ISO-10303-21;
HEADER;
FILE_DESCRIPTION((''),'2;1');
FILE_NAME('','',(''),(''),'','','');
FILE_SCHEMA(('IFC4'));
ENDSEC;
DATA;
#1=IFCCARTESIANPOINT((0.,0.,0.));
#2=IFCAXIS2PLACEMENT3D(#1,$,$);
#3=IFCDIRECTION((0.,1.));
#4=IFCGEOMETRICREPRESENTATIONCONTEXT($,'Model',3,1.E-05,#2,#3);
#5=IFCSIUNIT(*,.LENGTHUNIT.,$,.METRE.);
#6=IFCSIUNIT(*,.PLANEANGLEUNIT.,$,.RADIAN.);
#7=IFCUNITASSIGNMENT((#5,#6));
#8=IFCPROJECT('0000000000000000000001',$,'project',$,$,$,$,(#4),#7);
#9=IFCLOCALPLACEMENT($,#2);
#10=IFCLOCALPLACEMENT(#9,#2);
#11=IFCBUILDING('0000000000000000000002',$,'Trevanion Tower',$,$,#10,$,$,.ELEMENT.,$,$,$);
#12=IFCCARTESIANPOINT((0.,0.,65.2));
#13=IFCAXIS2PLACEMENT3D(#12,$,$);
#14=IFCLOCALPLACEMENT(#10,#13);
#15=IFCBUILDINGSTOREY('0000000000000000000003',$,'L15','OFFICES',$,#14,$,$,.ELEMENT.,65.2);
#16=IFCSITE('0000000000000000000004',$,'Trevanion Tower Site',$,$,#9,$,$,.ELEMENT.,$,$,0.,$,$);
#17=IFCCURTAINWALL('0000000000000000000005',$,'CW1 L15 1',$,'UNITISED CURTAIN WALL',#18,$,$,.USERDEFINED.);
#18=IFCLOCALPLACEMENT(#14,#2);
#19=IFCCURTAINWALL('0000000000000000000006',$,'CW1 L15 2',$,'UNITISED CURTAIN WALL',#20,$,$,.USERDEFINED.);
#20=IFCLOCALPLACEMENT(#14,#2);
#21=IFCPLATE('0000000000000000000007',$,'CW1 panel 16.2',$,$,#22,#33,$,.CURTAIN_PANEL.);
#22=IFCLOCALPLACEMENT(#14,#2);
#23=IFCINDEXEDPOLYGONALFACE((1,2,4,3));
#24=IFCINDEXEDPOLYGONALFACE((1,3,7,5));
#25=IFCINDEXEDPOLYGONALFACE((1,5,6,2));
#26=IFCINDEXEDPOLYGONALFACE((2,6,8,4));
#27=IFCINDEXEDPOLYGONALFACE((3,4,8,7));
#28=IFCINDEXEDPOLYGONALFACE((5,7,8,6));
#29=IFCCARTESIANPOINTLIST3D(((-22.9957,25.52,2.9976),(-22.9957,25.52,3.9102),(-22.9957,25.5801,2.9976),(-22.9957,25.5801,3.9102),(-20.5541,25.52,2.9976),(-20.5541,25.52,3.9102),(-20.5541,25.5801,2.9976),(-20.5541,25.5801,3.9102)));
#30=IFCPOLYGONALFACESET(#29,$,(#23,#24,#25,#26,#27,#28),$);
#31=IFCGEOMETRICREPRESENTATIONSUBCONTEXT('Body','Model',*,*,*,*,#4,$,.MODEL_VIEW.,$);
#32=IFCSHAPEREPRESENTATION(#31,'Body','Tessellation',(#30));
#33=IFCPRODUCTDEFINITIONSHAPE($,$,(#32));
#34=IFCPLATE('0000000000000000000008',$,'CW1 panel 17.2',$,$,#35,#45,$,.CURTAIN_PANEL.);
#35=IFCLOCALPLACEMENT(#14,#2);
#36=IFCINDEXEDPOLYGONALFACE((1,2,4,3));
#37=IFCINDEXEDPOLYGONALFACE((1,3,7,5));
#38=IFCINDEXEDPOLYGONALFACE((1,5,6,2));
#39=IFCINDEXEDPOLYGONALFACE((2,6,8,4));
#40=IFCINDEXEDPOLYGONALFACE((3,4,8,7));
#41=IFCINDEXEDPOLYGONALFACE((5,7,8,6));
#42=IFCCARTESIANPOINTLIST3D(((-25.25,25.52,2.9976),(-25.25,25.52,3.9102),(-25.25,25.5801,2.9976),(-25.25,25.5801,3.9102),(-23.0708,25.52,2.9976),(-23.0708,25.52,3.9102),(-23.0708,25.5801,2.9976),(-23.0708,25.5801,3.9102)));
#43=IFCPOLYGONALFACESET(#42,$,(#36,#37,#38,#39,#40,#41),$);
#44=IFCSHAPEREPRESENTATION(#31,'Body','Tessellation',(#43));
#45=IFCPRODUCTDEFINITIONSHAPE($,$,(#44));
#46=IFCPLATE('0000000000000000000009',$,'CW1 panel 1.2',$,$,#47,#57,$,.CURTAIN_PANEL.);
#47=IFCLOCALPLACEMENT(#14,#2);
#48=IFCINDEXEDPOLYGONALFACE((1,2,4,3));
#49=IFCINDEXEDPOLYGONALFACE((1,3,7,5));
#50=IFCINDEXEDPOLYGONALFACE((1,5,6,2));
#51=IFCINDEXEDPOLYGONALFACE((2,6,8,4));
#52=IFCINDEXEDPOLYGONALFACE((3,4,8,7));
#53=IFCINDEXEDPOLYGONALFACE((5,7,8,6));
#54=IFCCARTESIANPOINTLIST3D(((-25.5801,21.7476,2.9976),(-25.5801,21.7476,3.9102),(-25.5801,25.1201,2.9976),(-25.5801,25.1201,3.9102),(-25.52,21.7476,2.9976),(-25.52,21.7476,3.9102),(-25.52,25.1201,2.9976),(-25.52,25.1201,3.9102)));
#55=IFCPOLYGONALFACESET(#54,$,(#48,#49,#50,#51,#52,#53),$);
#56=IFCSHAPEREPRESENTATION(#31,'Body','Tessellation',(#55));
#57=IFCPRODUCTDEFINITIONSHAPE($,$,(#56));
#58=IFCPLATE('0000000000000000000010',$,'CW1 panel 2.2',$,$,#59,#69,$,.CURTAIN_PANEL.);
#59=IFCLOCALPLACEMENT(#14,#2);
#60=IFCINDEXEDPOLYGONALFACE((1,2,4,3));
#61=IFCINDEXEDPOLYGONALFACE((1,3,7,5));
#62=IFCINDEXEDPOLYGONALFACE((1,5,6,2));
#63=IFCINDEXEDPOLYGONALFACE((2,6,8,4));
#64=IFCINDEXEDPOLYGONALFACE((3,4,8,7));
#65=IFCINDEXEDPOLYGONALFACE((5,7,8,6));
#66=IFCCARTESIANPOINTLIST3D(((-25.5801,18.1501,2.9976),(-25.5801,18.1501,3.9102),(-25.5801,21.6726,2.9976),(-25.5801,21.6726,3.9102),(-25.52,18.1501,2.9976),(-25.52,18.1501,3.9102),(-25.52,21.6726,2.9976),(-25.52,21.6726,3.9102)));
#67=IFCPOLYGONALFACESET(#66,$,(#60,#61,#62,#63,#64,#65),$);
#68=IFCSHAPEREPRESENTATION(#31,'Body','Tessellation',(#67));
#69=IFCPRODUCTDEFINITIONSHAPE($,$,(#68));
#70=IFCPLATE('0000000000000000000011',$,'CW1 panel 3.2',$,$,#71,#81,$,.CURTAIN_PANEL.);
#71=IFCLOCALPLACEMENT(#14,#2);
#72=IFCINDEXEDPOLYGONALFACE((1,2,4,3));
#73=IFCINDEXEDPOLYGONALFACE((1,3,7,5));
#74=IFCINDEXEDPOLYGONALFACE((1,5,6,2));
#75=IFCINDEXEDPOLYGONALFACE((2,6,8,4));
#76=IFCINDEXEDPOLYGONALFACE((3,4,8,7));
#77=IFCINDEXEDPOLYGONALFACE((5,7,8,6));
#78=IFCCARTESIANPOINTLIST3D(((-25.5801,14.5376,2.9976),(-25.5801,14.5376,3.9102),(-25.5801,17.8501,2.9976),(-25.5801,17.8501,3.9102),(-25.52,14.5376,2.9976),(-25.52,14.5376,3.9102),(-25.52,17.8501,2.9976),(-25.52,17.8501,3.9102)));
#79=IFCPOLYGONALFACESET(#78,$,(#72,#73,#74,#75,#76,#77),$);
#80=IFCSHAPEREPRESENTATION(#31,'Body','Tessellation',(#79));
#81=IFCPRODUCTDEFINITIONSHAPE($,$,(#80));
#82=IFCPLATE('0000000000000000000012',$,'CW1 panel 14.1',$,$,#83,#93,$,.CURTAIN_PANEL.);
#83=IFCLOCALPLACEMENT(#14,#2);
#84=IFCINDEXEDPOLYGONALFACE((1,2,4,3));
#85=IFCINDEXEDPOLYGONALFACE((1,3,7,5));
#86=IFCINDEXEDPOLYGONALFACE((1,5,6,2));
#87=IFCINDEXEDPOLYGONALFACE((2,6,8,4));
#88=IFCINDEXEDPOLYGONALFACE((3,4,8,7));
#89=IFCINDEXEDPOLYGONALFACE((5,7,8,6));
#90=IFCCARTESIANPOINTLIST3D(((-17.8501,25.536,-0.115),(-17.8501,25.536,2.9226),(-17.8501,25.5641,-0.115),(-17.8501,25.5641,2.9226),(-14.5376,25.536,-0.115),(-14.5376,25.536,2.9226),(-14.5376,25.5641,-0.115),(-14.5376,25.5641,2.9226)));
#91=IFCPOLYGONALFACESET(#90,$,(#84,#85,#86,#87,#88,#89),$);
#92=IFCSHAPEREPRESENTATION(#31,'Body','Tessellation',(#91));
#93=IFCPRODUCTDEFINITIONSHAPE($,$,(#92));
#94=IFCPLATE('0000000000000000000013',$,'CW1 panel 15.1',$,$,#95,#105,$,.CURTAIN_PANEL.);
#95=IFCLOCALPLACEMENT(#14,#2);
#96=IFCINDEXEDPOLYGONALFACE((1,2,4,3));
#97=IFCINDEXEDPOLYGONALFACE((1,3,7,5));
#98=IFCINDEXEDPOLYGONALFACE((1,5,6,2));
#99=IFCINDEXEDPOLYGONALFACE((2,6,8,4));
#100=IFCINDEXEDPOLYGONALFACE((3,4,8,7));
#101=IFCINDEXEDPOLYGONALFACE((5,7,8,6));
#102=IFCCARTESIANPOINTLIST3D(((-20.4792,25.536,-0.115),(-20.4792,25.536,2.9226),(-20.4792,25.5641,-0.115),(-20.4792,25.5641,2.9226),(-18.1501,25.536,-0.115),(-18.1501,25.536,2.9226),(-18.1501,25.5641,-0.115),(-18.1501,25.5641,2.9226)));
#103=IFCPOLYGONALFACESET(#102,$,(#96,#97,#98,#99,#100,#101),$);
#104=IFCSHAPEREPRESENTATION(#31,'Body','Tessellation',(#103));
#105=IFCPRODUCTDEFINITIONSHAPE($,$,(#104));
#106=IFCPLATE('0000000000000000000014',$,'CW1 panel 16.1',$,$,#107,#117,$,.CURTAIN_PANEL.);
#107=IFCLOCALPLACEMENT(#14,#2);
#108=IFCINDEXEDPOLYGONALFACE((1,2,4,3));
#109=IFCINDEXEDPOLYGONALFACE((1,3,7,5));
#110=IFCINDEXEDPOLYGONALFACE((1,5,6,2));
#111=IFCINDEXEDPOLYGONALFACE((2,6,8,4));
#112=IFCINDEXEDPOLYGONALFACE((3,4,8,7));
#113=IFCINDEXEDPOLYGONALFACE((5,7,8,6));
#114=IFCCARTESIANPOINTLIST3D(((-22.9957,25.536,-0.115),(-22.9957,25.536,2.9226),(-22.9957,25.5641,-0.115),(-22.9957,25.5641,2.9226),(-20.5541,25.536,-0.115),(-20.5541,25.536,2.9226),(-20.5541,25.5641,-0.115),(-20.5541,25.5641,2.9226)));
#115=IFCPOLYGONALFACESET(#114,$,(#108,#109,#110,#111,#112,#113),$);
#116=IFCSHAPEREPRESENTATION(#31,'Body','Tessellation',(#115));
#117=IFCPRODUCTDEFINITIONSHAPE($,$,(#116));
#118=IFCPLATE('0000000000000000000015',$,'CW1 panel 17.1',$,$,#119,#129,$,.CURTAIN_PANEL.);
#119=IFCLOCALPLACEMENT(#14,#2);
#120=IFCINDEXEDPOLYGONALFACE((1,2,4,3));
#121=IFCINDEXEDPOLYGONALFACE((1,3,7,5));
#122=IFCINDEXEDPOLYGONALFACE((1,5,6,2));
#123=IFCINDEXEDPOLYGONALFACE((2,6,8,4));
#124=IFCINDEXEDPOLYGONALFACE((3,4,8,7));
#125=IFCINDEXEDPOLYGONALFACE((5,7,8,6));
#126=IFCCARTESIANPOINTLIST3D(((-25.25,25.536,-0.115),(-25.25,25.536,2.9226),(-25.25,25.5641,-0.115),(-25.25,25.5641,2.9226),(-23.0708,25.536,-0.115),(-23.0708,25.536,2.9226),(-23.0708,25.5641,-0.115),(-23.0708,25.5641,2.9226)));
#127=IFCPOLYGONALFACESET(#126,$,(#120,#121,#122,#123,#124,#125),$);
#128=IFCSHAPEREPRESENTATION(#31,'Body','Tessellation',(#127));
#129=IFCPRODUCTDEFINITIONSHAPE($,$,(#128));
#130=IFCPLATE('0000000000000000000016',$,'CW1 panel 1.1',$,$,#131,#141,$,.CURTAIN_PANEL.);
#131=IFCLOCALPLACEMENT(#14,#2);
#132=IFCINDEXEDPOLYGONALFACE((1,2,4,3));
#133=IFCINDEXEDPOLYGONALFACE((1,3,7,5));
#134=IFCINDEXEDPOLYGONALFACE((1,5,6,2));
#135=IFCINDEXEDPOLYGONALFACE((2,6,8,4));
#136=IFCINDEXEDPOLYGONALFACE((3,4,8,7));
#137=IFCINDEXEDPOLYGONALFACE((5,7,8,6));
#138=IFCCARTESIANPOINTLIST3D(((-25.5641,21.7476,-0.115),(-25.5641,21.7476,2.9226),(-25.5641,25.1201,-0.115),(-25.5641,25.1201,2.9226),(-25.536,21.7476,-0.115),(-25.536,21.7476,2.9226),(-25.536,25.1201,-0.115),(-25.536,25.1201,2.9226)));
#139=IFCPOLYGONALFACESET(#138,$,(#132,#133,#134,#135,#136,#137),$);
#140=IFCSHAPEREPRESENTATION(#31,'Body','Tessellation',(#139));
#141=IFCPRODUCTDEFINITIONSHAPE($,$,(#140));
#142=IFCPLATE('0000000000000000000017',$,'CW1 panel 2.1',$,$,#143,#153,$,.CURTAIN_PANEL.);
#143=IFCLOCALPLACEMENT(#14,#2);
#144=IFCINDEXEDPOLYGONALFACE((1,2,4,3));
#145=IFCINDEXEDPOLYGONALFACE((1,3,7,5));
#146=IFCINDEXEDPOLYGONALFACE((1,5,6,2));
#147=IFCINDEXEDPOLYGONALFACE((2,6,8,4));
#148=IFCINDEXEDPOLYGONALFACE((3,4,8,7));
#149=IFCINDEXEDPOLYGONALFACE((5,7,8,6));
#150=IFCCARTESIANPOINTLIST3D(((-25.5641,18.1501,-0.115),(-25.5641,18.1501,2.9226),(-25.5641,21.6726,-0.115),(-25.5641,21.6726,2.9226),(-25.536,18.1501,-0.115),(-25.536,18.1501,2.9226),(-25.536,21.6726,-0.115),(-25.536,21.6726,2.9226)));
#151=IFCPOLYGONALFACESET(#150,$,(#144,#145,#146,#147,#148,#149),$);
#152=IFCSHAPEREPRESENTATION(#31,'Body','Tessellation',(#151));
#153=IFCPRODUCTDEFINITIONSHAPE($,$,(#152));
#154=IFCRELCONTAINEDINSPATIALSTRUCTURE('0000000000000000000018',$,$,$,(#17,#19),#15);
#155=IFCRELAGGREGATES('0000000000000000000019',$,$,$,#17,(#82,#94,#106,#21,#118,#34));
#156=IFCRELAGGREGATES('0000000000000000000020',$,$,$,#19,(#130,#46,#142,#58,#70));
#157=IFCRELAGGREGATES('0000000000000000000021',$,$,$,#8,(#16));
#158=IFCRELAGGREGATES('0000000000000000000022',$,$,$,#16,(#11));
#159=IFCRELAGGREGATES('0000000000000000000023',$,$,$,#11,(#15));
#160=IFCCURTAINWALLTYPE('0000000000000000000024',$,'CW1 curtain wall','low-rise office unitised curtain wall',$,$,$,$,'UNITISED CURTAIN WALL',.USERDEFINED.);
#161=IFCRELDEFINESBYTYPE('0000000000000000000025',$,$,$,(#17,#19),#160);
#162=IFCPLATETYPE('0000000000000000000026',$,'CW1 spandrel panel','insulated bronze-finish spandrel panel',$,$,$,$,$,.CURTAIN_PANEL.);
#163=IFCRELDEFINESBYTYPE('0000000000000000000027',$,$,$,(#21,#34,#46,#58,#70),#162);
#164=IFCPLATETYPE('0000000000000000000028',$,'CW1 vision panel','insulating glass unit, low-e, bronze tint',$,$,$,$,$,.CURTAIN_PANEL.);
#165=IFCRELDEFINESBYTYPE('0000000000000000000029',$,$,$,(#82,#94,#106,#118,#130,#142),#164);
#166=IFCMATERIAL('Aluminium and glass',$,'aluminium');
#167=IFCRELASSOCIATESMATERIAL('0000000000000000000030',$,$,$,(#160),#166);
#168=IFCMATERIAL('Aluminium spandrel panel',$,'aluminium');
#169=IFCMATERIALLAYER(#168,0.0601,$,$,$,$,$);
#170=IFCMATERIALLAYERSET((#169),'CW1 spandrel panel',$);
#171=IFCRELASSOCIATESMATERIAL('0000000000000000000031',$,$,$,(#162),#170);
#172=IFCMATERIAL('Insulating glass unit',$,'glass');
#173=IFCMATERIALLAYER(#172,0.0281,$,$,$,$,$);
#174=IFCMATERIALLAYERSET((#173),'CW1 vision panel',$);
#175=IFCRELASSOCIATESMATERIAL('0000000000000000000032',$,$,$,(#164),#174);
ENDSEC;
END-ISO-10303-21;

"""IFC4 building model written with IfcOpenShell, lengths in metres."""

from ifc_helpers import new_model, si_unit, direction, frame, origin, origin_2d, place, context, subcontext, project, spatial, rectangle, extrude, material, layer, layer_set, type_object, element, aggregate, save


model = new_model("IFC4")

# Units and contexts
model_context = context("Model", 3, precision=1e-05, world=origin(), true_north=direction((0.0, 1.0)))
body_context = subcontext(model_context, "Body", "Model", "MODEL_VIEW")
ifc_project = project(units=[si_unit("LENGTHUNIT", "METRE"), si_unit("PLANEANGLEUNIT", "RADIAN")], contexts=[model_context])

# Site, building, storey
site_placement = place(None, origin())
site = spatial("IfcSite", under=ifc_project, at=site_placement, Name="Trevanion Tower Site", CompositionType="ELEMENT", RefElevation=0.0)
building_placement = place(site_placement, origin())
building = spatial("IfcBuilding", under=site, at=building_placement, Name="Trevanion Tower", CompositionType="ELEMENT")
storey_placement = place(building_placement, frame((0.0, 0.0, 65.2)))
storey = spatial("IfcBuildingStorey", under=building, at=storey_placement, Name="L15", Description="OFFICES", CompositionType="ELEMENT", Elevation=65.2)

# Curtain wall
ifc_material_1 = material(Name="Aluminium and glass", Category="aluminium")
curtain_wall_type = type_object("IfcCurtainWallType", Name="CW1 curtain wall", Description="low-rise office unitised curtain wall", ElementType="UNITISED CURTAIN WALL", PredefinedType="USERDEFINED", material=ifc_material_1)
curtain_wall_1_placement = place(storey_placement, origin())
curtain_wall_1 = element("IfcCurtainWall", 1, at=curtain_wall_1_placement, inside=storey, type_object=curtain_wall_type, Name="CW1 L15 1", ObjectType="UNITISED CURTAIN WALL", PredefinedType="USERDEFINED")

# Curtain wall
curtain_wall_2_placement = place(storey_placement, origin())
curtain_wall_2 = element("IfcCurtainWall", 2, at=curtain_wall_2_placement, inside=storey, type_object=curtain_wall_type, Name="CW1 L15 2", ObjectType="UNITISED CURTAIN WALL", PredefinedType="USERDEFINED")

# Plates
ifc_material_2 = material(Name="Aluminium spandrel panel", Category="aluminium")
ifc_layer_1 = layer(ifc_material_2, 0.0601)
ifc_layer_set_1 = layer_set([ifc_layer_1], Name="CW1 spandrel panel")
plate_type_1 = type_object("IfcPlateType", Name="CW1 spandrel panel", Description="insulated bronze-finish spandrel panel", PredefinedType="CURTAIN_PANEL", material=ifc_layer_set_1)
plate_1_placement = place(storey_placement, frame((-21.7749, 25.55, 2.9976), z_axis=(0.0, 0.0, 1.0), x_axis=(-1.0, 0.0, 0.0)))
plate_1 = element("IfcPlate", 3, at=plate_1_placement, type_object=plate_type_1, Name="CW1 panel 16.2", PredefinedType="CURTAIN_PANEL", context=body_context, shape_type="SweptSolid", body=[
    extrude(rectangle(XDim=2.4417, YDim=0.0601, at=origin_2d()), origin(), (0.0, 0.0, 1.0), 0.9126),
])
plate_2_placement = place(storey_placement, frame((-24.1604, 25.55, 2.9976), z_axis=(0.0, 0.0, 1.0), x_axis=(-1.0, 0.0, 0.0)))
plate_2 = element("IfcPlate", 4, at=plate_2_placement, type_object=plate_type_1, Name="CW1 panel 17.2", PredefinedType="CURTAIN_PANEL", context=body_context, shape_type="SweptSolid", body=[
    extrude(rectangle(XDim=2.1792, YDim=0.0601, at=origin_2d()), origin(), (0.0, 0.0, 1.0), 0.9126),
])
plate_3_placement = place(storey_placement, frame((-25.55, 23.4338, 2.9976), z_axis=(0.0, 0.0, 1.0), x_axis=(0.0, -1.0, 0.0)))
plate_3 = element("IfcPlate", 5, at=plate_3_placement, type_object=plate_type_1, Name="CW1 panel 1.2", PredefinedType="CURTAIN_PANEL", context=body_context, shape_type="SweptSolid", body=[
    extrude(rectangle(XDim=3.3726, YDim=0.0601, at=origin_2d()), origin(), (0.0, 0.0, 1.0), 0.9126),
])
plate_4_placement = place(storey_placement, frame((-25.55, 19.9114, 2.9976), z_axis=(0.0, 0.0, 1.0), x_axis=(0.0, -1.0, 0.0)))
plate_4 = element("IfcPlate", 6, at=plate_4_placement, type_object=plate_type_1, Name="CW1 panel 2.2", PredefinedType="CURTAIN_PANEL", context=body_context, shape_type="SweptSolid", body=[
    extrude(rectangle(XDim=3.5225, YDim=0.0601, at=origin_2d()), origin(), (0.0, 0.0, 1.0), 0.9126),
])
plate_5_placement = place(storey_placement, frame((-25.55, 16.1938, 2.9976), z_axis=(0.0, 0.0, 1.0), x_axis=(0.0, -1.0, 0.0)))
plate_5 = element("IfcPlate", 7, at=plate_5_placement, type_object=plate_type_1, Name="CW1 panel 3.2", PredefinedType="CURTAIN_PANEL", context=body_context, shape_type="SweptSolid", body=[
    extrude(rectangle(XDim=3.3125, YDim=0.0601, at=origin_2d()), origin(), (0.0, 0.0, 1.0), 0.9126),
])
ifc_material_3 = material(Name="Insulating glass unit", Category="glass")
ifc_layer_2 = layer(ifc_material_3, 0.0281)
ifc_layer_set_2 = layer_set([ifc_layer_2], Name="CW1 vision panel")
plate_type_2 = type_object("IfcPlateType", Name="CW1 vision panel", Description="insulating glass unit, low-e, bronze tint", PredefinedType="CURTAIN_PANEL", material=ifc_layer_set_2)
plate_6_placement = place(storey_placement, frame((-16.1938, 25.55, -0.115), z_axis=(0.0, 0.0, 1.0), x_axis=(-1.0, 0.0, 0.0)))
plate_6 = element("IfcPlate", 8, at=plate_6_placement, type_object=plate_type_2, Name="CW1 panel 14.1", PredefinedType="CURTAIN_PANEL", context=body_context, shape_type="SweptSolid", body=[
    extrude(rectangle(XDim=3.3125, YDim=0.0281, at=origin_2d()), origin(), (0.0, 0.0, 1.0), 3.0376),
])
plate_7_placement = place(storey_placement, frame((-19.3147, 25.55, -0.115), z_axis=(0.0, 0.0, 1.0), x_axis=(-1.0, 0.0, 0.0)))
plate_7 = element("IfcPlate", 9, at=plate_7_placement, type_object=plate_type_2, Name="CW1 panel 15.1", PredefinedType="CURTAIN_PANEL", context=body_context, shape_type="SweptSolid", body=[
    extrude(rectangle(XDim=2.3291, YDim=0.0281, at=origin_2d()), origin(), (0.0, 0.0, 1.0), 3.0376),
])
plate_8_placement = place(storey_placement, frame((-21.7749, 25.55, -0.115), z_axis=(0.0, 0.0, 1.0), x_axis=(-1.0, 0.0, 0.0)))
plate_8 = element("IfcPlate", 10, at=plate_8_placement, type_object=plate_type_2, Name="CW1 panel 16.1", PredefinedType="CURTAIN_PANEL", context=body_context, shape_type="SweptSolid", body=[
    extrude(rectangle(XDim=2.4417, YDim=0.0281, at=origin_2d()), origin(), (0.0, 0.0, 1.0), 3.0376),
])
plate_9_placement = place(storey_placement, frame((-24.1604, 25.55, -0.115), z_axis=(0.0, 0.0, 1.0), x_axis=(-1.0, 0.0, 0.0)))
plate_9 = element("IfcPlate", 11, at=plate_9_placement, type_object=plate_type_2, Name="CW1 panel 17.1", PredefinedType="CURTAIN_PANEL", context=body_context, shape_type="SweptSolid", body=[
    extrude(rectangle(XDim=2.1792, YDim=0.0281, at=origin_2d()), origin(), (0.0, 0.0, 1.0), 3.0376),
])
aggregate(curtain_wall_1, [plate_6, plate_7, plate_8, plate_1, plate_9, plate_2])
plate_10_placement = place(storey_placement, frame((-25.55, 23.4338, -0.115), z_axis=(0.0, 0.0, 1.0), x_axis=(0.0, -1.0, 0.0)))
plate_10 = element("IfcPlate", 12, at=plate_10_placement, type_object=plate_type_2, Name="CW1 panel 1.1", PredefinedType="CURTAIN_PANEL", context=body_context, shape_type="SweptSolid", body=[
    extrude(rectangle(XDim=3.3726, YDim=0.0281, at=origin_2d()), origin(), (0.0, 0.0, 1.0), 3.0376),
])
plate_11_placement = place(storey_placement, frame((-25.55, 19.9114, -0.115), z_axis=(0.0, 0.0, 1.0), x_axis=(0.0, -1.0, 0.0)))
plate_11 = element("IfcPlate", 13, at=plate_11_placement, type_object=plate_type_2, Name="CW1 panel 2.1", PredefinedType="CURTAIN_PANEL", context=body_context, shape_type="SweptSolid", body=[
    extrude(rectangle(XDim=3.5225, YDim=0.0281, at=origin_2d()), origin(), (0.0, 0.0, 1.0), 3.0376),
])
aggregate(curtain_wall_2, [plate_10, plate_3, plate_11, plate_4, plate_5])

save(model, "model.ifc")
